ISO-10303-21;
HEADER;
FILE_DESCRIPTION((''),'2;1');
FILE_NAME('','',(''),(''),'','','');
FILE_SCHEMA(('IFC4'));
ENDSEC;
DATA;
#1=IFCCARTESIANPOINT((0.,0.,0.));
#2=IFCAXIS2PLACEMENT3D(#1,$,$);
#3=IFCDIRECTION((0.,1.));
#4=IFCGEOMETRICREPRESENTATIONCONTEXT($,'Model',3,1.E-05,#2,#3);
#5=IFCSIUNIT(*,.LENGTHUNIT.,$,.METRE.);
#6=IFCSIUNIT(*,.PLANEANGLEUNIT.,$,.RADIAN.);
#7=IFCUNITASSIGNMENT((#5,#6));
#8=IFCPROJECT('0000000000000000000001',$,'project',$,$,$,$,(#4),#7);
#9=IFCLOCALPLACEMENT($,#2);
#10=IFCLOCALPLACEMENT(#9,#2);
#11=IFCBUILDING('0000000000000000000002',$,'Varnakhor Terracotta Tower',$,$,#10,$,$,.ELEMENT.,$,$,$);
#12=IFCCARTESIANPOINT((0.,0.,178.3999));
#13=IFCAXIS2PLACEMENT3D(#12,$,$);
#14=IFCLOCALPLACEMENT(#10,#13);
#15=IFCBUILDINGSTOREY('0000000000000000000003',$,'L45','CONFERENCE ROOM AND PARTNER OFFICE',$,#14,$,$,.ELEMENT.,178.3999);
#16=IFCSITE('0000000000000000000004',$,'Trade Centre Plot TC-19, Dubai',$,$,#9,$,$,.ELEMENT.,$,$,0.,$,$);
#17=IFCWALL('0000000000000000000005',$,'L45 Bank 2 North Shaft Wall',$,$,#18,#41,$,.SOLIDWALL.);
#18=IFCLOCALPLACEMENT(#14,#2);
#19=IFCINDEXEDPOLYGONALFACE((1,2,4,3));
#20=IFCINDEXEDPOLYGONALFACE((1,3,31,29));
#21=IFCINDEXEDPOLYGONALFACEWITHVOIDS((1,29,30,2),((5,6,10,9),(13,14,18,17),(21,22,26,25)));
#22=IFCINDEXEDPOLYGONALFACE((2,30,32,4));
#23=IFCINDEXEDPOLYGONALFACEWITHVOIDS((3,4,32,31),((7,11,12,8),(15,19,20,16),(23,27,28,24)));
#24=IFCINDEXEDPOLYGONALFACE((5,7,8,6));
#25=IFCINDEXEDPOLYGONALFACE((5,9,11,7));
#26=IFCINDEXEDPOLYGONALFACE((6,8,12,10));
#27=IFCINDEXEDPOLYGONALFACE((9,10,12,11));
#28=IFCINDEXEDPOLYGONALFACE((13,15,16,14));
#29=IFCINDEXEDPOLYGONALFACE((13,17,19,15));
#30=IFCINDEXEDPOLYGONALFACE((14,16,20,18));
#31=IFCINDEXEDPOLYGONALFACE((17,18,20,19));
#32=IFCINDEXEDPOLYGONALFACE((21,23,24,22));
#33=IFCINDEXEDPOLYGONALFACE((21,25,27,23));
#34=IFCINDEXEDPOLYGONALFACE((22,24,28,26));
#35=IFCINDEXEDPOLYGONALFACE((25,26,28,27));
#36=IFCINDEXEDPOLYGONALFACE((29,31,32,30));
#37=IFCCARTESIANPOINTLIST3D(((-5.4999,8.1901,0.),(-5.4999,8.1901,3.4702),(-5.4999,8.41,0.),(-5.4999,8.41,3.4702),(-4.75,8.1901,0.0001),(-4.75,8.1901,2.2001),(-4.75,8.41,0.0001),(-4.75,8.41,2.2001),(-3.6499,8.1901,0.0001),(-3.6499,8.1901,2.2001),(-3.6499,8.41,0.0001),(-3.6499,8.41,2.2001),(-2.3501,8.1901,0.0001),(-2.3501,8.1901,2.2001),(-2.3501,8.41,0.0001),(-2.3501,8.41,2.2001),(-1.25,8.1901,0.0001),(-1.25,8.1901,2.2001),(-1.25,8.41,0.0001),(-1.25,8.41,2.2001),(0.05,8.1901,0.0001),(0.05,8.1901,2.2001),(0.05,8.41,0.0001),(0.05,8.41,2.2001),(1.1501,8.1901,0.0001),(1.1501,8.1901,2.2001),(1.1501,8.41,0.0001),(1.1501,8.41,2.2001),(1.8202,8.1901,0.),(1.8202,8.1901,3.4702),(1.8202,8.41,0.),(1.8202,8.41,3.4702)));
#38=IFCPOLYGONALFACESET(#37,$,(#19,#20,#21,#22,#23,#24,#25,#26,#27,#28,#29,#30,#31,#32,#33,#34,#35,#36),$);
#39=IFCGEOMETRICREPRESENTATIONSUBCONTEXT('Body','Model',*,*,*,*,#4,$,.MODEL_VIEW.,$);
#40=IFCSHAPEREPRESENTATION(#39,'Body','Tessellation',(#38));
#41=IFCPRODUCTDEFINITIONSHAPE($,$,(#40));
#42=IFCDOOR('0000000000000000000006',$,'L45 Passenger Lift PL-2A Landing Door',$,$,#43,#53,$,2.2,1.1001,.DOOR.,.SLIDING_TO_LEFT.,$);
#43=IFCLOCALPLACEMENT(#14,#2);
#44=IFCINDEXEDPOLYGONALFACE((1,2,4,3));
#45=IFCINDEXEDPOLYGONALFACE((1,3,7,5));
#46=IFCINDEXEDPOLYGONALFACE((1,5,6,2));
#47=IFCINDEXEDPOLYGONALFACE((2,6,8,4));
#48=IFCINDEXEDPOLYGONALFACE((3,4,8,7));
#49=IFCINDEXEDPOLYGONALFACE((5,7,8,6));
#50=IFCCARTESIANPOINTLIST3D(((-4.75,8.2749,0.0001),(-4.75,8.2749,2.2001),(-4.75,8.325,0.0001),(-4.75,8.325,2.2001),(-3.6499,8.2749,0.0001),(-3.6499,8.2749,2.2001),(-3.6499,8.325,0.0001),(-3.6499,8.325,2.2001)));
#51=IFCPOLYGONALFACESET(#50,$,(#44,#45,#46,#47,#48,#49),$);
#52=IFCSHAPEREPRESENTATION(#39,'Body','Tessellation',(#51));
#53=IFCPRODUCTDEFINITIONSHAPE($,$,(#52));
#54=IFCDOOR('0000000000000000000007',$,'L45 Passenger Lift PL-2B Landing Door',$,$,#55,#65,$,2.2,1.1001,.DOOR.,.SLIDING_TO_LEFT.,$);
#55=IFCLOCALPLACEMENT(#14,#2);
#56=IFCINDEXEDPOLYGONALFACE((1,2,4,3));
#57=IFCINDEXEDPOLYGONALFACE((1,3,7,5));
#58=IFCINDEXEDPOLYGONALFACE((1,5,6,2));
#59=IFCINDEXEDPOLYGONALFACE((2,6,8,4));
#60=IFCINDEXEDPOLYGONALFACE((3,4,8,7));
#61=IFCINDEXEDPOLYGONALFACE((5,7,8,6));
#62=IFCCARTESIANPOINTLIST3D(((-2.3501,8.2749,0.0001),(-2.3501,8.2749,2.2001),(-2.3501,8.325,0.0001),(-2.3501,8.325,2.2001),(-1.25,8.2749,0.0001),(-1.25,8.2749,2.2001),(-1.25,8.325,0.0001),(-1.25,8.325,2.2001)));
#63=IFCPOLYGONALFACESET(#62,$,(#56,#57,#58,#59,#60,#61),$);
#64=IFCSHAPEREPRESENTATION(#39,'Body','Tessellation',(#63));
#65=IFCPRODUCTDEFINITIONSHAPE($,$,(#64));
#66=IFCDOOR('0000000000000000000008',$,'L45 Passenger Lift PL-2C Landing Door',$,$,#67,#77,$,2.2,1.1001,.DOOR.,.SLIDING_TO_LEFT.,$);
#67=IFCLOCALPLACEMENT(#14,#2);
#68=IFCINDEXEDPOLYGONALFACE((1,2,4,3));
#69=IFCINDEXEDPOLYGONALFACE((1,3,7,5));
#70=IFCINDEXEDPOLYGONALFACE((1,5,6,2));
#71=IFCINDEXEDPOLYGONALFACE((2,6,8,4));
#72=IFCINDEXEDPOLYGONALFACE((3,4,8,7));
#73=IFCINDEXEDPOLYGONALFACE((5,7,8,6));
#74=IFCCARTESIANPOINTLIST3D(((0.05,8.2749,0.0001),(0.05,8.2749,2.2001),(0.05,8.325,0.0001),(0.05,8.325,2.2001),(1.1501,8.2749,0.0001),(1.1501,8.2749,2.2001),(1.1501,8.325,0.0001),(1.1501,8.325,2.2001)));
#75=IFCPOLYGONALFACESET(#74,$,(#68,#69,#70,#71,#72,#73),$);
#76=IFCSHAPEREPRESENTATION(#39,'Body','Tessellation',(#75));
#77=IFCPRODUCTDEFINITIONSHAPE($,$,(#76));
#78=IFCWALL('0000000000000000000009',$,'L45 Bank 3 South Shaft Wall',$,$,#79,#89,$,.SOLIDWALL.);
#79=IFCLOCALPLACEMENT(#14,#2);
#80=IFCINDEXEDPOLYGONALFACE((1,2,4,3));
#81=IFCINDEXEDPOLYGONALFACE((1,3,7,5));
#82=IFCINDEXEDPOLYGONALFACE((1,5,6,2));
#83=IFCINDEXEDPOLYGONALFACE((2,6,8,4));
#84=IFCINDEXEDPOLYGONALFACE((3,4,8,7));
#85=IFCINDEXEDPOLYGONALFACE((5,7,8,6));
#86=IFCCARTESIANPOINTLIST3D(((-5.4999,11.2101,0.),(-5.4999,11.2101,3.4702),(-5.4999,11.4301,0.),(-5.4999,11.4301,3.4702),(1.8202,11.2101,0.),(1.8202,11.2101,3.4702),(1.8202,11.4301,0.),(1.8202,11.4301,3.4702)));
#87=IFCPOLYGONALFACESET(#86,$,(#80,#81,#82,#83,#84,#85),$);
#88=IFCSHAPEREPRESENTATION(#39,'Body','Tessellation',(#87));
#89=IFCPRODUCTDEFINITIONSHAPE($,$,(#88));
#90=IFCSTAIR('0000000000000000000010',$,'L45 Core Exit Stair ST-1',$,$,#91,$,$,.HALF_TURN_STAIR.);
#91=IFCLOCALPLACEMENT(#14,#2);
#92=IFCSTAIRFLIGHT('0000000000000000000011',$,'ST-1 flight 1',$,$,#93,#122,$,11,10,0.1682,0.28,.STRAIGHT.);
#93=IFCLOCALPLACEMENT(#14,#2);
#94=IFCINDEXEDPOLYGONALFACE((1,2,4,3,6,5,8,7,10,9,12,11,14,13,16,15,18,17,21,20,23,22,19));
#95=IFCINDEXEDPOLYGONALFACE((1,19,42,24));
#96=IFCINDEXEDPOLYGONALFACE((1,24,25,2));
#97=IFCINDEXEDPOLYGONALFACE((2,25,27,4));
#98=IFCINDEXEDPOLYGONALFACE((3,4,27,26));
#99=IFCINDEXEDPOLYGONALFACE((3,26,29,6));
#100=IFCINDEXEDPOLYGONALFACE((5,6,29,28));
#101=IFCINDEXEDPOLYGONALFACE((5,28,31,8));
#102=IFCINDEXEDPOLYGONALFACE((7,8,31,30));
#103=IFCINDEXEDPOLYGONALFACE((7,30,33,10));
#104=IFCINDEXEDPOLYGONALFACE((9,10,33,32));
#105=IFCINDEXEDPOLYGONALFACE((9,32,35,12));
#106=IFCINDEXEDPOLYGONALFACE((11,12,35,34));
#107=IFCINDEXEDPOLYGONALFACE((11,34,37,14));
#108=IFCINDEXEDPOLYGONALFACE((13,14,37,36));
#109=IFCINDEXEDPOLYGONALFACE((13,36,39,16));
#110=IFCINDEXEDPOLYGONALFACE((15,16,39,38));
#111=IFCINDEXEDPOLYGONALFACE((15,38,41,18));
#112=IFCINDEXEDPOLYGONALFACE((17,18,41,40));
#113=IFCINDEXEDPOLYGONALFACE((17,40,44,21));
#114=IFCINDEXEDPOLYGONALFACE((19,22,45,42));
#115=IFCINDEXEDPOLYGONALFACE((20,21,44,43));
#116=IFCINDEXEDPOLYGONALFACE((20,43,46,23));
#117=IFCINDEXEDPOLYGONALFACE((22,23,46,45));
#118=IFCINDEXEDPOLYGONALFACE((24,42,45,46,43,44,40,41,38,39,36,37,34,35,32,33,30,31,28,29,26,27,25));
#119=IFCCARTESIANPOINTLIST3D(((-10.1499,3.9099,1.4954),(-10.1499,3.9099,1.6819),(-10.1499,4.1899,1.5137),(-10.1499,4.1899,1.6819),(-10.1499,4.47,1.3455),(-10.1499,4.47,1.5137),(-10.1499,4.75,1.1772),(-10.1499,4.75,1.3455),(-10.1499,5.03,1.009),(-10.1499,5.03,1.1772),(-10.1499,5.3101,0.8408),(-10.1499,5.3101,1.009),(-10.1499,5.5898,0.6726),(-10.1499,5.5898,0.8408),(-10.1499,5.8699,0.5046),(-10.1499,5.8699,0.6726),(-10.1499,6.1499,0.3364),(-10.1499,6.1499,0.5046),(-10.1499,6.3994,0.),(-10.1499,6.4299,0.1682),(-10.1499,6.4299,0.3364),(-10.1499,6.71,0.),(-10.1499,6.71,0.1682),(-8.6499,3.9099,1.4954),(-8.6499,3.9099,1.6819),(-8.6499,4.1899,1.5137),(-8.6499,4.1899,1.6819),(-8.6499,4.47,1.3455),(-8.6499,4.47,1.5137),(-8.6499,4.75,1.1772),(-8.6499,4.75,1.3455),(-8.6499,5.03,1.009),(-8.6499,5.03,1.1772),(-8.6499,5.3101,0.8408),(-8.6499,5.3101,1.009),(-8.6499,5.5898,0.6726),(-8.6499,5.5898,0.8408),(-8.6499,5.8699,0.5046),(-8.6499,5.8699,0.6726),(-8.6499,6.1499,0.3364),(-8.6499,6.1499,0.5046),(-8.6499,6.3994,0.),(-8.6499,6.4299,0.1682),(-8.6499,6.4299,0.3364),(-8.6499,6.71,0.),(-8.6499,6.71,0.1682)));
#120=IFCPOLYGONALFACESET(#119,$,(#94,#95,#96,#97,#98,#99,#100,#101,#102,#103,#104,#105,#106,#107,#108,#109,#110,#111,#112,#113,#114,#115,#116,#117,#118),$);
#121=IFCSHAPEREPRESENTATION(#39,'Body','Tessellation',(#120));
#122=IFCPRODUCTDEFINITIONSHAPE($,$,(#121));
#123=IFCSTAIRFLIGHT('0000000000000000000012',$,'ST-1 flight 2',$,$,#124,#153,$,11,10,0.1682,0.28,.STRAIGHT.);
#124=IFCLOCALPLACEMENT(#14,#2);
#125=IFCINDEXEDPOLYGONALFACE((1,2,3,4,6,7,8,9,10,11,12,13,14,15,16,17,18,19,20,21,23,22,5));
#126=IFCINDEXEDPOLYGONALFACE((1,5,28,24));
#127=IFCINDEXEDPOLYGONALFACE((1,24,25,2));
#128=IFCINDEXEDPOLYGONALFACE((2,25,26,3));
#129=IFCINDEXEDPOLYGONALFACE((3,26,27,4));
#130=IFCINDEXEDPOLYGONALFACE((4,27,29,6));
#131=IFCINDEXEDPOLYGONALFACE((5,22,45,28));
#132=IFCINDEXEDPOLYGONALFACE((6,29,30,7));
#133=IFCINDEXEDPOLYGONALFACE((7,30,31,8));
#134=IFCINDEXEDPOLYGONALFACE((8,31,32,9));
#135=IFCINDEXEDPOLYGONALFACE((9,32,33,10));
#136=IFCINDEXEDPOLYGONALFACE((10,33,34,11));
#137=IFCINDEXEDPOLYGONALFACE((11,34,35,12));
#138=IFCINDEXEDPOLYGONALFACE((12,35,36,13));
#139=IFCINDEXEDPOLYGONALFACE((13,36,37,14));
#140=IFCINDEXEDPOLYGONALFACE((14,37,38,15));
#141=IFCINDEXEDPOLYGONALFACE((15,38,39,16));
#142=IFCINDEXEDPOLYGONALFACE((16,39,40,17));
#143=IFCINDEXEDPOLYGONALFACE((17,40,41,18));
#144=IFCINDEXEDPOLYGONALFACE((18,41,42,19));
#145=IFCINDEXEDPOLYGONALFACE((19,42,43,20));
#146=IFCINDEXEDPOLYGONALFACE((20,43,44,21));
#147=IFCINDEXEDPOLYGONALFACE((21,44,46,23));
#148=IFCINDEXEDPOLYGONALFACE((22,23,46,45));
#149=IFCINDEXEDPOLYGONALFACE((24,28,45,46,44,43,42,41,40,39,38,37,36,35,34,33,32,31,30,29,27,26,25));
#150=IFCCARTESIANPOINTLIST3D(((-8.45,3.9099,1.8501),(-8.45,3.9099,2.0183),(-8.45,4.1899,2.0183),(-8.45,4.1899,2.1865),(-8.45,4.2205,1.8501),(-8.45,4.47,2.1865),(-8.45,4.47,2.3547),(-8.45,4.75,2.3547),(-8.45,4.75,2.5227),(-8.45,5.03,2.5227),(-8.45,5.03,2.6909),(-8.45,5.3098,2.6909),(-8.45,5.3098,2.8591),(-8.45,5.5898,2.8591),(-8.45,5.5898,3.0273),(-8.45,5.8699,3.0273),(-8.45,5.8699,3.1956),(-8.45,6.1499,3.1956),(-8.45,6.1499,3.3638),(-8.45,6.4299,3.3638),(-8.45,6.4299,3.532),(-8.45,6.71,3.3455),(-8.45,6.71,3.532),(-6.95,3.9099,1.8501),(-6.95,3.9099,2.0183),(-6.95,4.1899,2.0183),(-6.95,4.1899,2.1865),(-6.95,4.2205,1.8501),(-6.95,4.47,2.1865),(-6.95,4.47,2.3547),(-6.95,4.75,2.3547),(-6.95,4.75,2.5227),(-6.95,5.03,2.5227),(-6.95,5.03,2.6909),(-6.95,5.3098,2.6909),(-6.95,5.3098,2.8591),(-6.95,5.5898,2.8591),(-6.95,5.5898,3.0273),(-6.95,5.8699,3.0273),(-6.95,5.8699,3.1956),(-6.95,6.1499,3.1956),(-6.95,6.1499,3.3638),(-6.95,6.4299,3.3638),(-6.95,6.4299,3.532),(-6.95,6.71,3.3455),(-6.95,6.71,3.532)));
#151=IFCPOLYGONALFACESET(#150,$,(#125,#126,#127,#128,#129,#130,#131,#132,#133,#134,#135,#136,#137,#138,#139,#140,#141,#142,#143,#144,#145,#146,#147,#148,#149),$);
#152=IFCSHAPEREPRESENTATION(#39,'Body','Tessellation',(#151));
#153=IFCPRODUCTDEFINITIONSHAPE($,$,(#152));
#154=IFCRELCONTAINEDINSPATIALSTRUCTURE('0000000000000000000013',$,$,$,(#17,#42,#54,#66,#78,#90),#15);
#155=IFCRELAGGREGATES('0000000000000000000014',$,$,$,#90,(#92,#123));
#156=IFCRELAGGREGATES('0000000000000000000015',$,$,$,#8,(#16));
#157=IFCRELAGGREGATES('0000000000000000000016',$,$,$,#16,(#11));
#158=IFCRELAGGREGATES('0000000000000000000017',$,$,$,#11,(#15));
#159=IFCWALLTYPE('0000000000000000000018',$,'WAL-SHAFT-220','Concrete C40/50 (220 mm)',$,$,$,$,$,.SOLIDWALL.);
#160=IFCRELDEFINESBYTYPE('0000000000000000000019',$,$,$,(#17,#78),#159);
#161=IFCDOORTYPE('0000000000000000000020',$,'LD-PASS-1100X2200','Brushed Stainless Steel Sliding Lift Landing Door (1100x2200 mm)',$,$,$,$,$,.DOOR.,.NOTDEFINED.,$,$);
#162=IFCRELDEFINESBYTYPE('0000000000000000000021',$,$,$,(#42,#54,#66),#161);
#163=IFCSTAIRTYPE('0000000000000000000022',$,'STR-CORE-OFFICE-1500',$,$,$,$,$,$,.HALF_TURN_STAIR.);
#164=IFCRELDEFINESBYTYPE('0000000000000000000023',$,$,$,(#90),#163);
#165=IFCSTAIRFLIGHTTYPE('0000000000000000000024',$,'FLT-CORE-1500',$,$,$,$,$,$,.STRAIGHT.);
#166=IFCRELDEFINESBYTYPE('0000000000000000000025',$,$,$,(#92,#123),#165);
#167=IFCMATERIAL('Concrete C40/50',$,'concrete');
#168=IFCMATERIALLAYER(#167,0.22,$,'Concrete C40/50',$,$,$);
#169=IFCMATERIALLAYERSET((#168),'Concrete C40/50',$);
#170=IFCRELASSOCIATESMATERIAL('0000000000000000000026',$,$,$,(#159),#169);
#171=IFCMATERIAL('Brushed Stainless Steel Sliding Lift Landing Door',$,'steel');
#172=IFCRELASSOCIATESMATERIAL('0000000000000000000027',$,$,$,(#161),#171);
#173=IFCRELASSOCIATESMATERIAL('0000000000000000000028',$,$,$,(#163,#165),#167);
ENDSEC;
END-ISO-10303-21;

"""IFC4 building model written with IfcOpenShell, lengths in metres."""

from ifc_helpers import new_model, si_unit, direction, frame, frame_2d, origin, place, context, subcontext, project, spatial, polyline, rectangle, outline, extrude, source, transform, mapped, material, layer, layer_set, type_object, type_shapes, element, fill, aggregate, save


model = new_model("IFC4")

# Units and contexts
model_context = context("Model", 3, precision=1e-05, world=origin(), true_north=direction((0.0, 1.0)))
body_context = subcontext(model_context, "Body", "Model", "MODEL_VIEW")
ifc_project = project(units=[si_unit("LENGTHUNIT", "METRE"), si_unit("PLANEANGLEUNIT", "RADIAN")], contexts=[model_context])

# Site, building, storey
site_placement = place(None, origin())
site = spatial("IfcSite", under=ifc_project, at=site_placement, Name="Trade Centre Plot TC-19, Dubai", CompositionType="ELEMENT", RefElevation=0.0)
building_placement = place(site_placement, origin())
building = spatial("IfcBuilding", under=site, at=building_placement, Name="Varnakhor Terracotta Tower", CompositionType="ELEMENT")
storey_placement = place(building_placement, frame((0.0, 0.0, 178.3999)))
storey = spatial("IfcBuildingStorey", under=building, at=storey_placement, Name="L45", Description="CONFERENCE ROOM AND PARTNER OFFICE", CompositionType="ELEMENT", Elevation=178.3999)

# Shared definitions
ifc_material_1 = material(Name="Concrete C40/50", Category="concrete")

# Shared definitions
ifc_layer_1 = layer(ifc_material_1, 0.22, Name="Concrete C40/50")
ifc_layer_set_1 = layer_set([ifc_layer_1], Name="Concrete C40/50")
wall_type_1 = type_object("IfcWallType", Name="WAL-SHAFT-220", Description="Concrete C40/50 (220 mm)", PredefinedType="SOLIDWALL", material=ifc_layer_set_1)

# Wall, openings, doors
wall_1_placement = place(storey_placement, frame((-5.5, 8.3, 0.0), z_axis=(0.0, 0.0, 1.0), x_axis=(1.0, 0.0, 0.0)))
wall_1 = element("IfcWall", 1, at=wall_1_placement, inside=storey, type_object=wall_type_1, Name="L45 Bank 2 North Shaft Wall", PredefinedType="SOLIDWALL", context=body_context, shape_type="SweptSolid", body=[
    extrude(rectangle(XDim=7.3201, YDim=0.22, at=frame_2d((3.6602, 0.0))), origin(), (0.0, 0.0, 1.0), 3.4702),
])
opening_1_placement = place(wall_1_placement, frame((0.75, 0.0, 0.0)))
opening_1 = element("IfcOpeningElement", 2, at=opening_1_placement, cuts=wall_1, PredefinedType="OPENING", context=body_context, shape_type="SweptSolid", body=[
    extrude(rectangle(XDim=1.1001, YDim=2.2, at=frame_2d((0.55, 1.1001))), frame((0.0, 0.1201, 0.0), z_axis=(0.0, -1.0, 0.0), x_axis=(1.0, 0.0, 0.0)), (0.0, 0.0, 1.0), 0.24),
])
opening_2_placement = place(wall_1_placement, frame((3.1499, 0.0, 0.0)))
opening_2 = element("IfcOpeningElement", 3, at=opening_2_placement, cuts=wall_1, PredefinedType="OPENING", context=body_context, shape_type="SweptSolid", body=[
    extrude(rectangle(XDim=1.1001, YDim=2.2, at=frame_2d((0.55, 1.1001))), frame((0.0, 0.1201, 0.0), z_axis=(0.0, -1.0, 0.0), x_axis=(1.0, 0.0, 0.0)), (0.0, 0.0, 1.0), 0.24),
])
opening_3_placement = place(wall_1_placement, frame((5.55, 0.0, 0.0)))
opening_3 = element("IfcOpeningElement", 4, at=opening_3_placement, cuts=wall_1, PredefinedType="OPENING", context=body_context, shape_type="SweptSolid", body=[
    extrude(rectangle(XDim=1.1001, YDim=2.2, at=frame_2d((0.55, 1.1001))), frame((0.0, 0.1201, 0.0), z_axis=(0.0, -1.0, 0.0), x_axis=(1.0, 0.0, 0.0)), (0.0, 0.0, 1.0), 0.24),
])
ifc_material_2 = material(Name="Brushed Stainless Steel Sliding Lift Landing Door", Category="steel")
door_type_1 = type_object("IfcDoorType", Name="LD-PASS-1100X2200", Description="Brushed Stainless Steel Sliding Lift Landing Door (1100x2200 mm)", OperationType="NOTDEFINED", PredefinedType="DOOR", material=ifc_material_2)
shared_shape_1 = source(origin(), body_context, "Body", "SweptSolid", [
    extrude(rectangle(XDim=1.1001, YDim=2.2, at=frame_2d((0.55, 1.1001))), frame((0.0, 0.0249, 0.0), z_axis=(0.0, -1.0, 0.0), x_axis=(1.0, 0.0, 0.0)), (0.0, 0.0, 1.0), 0.05),
])
type_shapes(door_type_1, [shared_shape_1])
door_1_placement = place(opening_1_placement, origin())
door_1 = element("IfcDoor", 5, at=door_1_placement, inside=storey, type_object=door_type_1, Name="L45 Passenger Lift PL-2A Landing Door", OperationType="SLIDING_TO_LEFT", OverallHeight=2.2, OverallWidth=1.1001, PredefinedType="DOOR", context=body_context, shape_type="MappedRepresentation", body=[
    mapped(shared_shape_1, transform((0.0, 0.0, 0.0), scale=1.0)),
])
fill(opening_1, door_1)
door_2_placement = place(opening_2_placement, origin())
door_2 = element("IfcDoor", 6, at=door_2_placement, inside=storey, type_object=door_type_1, Name="L45 Passenger Lift PL-2B Landing Door", OperationType="SLIDING_TO_LEFT", OverallHeight=2.2, OverallWidth=1.1001, PredefinedType="DOOR", context=body_context, shape_type="MappedRepresentation", body=[
    mapped(shared_shape_1, transform((0.0, 0.0, 0.0), scale=1.0)),
])
fill(opening_2, door_2)
door_3_placement = place(opening_3_placement, origin())
door_3 = element("IfcDoor", 7, at=door_3_placement, inside=storey, type_object=door_type_1, Name="L45 Passenger Lift PL-2C Landing Door", OperationType="SLIDING_TO_LEFT", OverallHeight=2.2, OverallWidth=1.1001, PredefinedType="DOOR", context=body_context, shape_type="MappedRepresentation", body=[
    mapped(shared_shape_1, transform((0.0, 0.0, 0.0), scale=1.0)),
])
fill(opening_3, door_3)

# Wall
wall_2_placement = place(storey_placement, frame((-5.5, 11.3201, 0.0), z_axis=(0.0, 0.0, 1.0), x_axis=(1.0, 0.0, 0.0)))
element("IfcWall", 8, at=wall_2_placement, inside=storey, type_object=wall_type_1, Name="L45 Bank 3 South Shaft Wall", PredefinedType="SOLIDWALL", context=body_context, shape_type="SweptSolid", body=[
    extrude(rectangle(XDim=7.3201, YDim=0.22, at=frame_2d((3.6602, 0.0))), origin(), (0.0, 0.0, 1.0), 3.4702),
])

# Stair, stair flights
stair_type = type_object("IfcStairType", Name="STR-CORE-OFFICE-1500", PredefinedType="HALF_TURN_STAIR", material=ifc_material_1)
stair_placement = place(storey_placement, origin())
stair = element("IfcStair", 9, at=stair_placement, inside=storey, type_object=stair_type, Name="L45 Core Exit Stair ST-1", PredefinedType="HALF_TURN_STAIR")
stair_flight_type = type_object("IfcStairFlightType", Name="FLT-CORE-1500", PredefinedType="STRAIGHT", material=ifc_material_1)
stair_flight_1_placement = place(storey_placement, frame((-9.3999, 6.71, 0.0), z_axis=(0.0, 0.0, 1.0), x_axis=(0.0, -1.0, 0.0)))
stair_flight_1 = element("IfcStairFlight", 10, at=stair_flight_1_placement, type_object=stair_flight_type, Name="ST-1 flight 1", NumberOfRisers=11, NumberOfTreads=10, PredefinedType="STRAIGHT", RiserHeight=0.1682, TreadLength=0.28, context=body_context, shape_type="SweptSolid", body=[
    extrude(outline(polyline([(0.0, 0.0), (0.0, 0.1682), (0.28, 0.1682), (0.28, 0.3364), (0.5601, 0.3364), (0.5601, 0.5046), (0.8401, 0.5046), (0.8401, 0.6726), (1.1201, 0.6726), (1.1201, 0.8408), (1.3999, 0.8408), (1.3999, 1.009), (1.6799, 1.009), (1.6799, 1.1772), (1.96, 1.1772), (1.96, 1.3455), (2.24, 1.3455), (2.24, 1.5137), (2.52, 1.5137), (2.52, 1.6819), (2.8, 1.6819), (2.8, 1.8501), (2.8, 1.4954), (0.3105, 0.0), (0.0, 0.0)])), frame((0.0, 0.75, 0.0), z_axis=(0.0, -1.0, 0.0), x_axis=(1.0, 0.0, 0.0)), (0.0, 0.0, 1.0), 1.5),
])
stair_flight_2_placement = place(storey_placement, frame((-7.7, 3.9099, 1.8501), z_axis=(0.0, 0.0, 1.0), x_axis=(0.0, 1.0, 0.0)))
stair_flight_2 = element("IfcStairFlight", 11, at=stair_flight_2_placement, type_object=stair_flight_type, Name="ST-1 flight 2", NumberOfRisers=11, NumberOfTreads=10, PredefinedType="STRAIGHT", RiserHeight=0.1682, TreadLength=0.28, context=body_context, shape_type="SweptSolid", body=[
    extrude(outline(polyline([(0.0, 0.0), (0.0, 0.1682), (0.28, 0.1682), (0.28, 0.3364), (0.5601, 0.3364), (0.5601, 0.5046), (0.8401, 0.5046), (0.8401, 0.6726), (1.1201, 0.6726), (1.1201, 0.8408), (1.3999, 0.8408), (1.3999, 1.009), (1.6799, 1.009), (1.6799, 1.1772), (1.96, 1.1772), (1.96, 1.3455), (2.24, 1.3455), (2.24, 1.5137), (2.52, 1.5137), (2.52, 1.6819), (2.8, 1.6819), (2.8, 1.8501), (2.8, 1.4954), (0.3105, 0.0), (0.0, 0.0)])), frame((0.0, 0.75, 0.0), z_axis=(0.0, -1.0, 0.0), x_axis=(1.0, 0.0, 0.0)), (0.0, 0.0, 1.0), 1.5),
])
aggregate(stair, [stair_flight_1, stair_flight_2])

save(model, "model.ifc")
